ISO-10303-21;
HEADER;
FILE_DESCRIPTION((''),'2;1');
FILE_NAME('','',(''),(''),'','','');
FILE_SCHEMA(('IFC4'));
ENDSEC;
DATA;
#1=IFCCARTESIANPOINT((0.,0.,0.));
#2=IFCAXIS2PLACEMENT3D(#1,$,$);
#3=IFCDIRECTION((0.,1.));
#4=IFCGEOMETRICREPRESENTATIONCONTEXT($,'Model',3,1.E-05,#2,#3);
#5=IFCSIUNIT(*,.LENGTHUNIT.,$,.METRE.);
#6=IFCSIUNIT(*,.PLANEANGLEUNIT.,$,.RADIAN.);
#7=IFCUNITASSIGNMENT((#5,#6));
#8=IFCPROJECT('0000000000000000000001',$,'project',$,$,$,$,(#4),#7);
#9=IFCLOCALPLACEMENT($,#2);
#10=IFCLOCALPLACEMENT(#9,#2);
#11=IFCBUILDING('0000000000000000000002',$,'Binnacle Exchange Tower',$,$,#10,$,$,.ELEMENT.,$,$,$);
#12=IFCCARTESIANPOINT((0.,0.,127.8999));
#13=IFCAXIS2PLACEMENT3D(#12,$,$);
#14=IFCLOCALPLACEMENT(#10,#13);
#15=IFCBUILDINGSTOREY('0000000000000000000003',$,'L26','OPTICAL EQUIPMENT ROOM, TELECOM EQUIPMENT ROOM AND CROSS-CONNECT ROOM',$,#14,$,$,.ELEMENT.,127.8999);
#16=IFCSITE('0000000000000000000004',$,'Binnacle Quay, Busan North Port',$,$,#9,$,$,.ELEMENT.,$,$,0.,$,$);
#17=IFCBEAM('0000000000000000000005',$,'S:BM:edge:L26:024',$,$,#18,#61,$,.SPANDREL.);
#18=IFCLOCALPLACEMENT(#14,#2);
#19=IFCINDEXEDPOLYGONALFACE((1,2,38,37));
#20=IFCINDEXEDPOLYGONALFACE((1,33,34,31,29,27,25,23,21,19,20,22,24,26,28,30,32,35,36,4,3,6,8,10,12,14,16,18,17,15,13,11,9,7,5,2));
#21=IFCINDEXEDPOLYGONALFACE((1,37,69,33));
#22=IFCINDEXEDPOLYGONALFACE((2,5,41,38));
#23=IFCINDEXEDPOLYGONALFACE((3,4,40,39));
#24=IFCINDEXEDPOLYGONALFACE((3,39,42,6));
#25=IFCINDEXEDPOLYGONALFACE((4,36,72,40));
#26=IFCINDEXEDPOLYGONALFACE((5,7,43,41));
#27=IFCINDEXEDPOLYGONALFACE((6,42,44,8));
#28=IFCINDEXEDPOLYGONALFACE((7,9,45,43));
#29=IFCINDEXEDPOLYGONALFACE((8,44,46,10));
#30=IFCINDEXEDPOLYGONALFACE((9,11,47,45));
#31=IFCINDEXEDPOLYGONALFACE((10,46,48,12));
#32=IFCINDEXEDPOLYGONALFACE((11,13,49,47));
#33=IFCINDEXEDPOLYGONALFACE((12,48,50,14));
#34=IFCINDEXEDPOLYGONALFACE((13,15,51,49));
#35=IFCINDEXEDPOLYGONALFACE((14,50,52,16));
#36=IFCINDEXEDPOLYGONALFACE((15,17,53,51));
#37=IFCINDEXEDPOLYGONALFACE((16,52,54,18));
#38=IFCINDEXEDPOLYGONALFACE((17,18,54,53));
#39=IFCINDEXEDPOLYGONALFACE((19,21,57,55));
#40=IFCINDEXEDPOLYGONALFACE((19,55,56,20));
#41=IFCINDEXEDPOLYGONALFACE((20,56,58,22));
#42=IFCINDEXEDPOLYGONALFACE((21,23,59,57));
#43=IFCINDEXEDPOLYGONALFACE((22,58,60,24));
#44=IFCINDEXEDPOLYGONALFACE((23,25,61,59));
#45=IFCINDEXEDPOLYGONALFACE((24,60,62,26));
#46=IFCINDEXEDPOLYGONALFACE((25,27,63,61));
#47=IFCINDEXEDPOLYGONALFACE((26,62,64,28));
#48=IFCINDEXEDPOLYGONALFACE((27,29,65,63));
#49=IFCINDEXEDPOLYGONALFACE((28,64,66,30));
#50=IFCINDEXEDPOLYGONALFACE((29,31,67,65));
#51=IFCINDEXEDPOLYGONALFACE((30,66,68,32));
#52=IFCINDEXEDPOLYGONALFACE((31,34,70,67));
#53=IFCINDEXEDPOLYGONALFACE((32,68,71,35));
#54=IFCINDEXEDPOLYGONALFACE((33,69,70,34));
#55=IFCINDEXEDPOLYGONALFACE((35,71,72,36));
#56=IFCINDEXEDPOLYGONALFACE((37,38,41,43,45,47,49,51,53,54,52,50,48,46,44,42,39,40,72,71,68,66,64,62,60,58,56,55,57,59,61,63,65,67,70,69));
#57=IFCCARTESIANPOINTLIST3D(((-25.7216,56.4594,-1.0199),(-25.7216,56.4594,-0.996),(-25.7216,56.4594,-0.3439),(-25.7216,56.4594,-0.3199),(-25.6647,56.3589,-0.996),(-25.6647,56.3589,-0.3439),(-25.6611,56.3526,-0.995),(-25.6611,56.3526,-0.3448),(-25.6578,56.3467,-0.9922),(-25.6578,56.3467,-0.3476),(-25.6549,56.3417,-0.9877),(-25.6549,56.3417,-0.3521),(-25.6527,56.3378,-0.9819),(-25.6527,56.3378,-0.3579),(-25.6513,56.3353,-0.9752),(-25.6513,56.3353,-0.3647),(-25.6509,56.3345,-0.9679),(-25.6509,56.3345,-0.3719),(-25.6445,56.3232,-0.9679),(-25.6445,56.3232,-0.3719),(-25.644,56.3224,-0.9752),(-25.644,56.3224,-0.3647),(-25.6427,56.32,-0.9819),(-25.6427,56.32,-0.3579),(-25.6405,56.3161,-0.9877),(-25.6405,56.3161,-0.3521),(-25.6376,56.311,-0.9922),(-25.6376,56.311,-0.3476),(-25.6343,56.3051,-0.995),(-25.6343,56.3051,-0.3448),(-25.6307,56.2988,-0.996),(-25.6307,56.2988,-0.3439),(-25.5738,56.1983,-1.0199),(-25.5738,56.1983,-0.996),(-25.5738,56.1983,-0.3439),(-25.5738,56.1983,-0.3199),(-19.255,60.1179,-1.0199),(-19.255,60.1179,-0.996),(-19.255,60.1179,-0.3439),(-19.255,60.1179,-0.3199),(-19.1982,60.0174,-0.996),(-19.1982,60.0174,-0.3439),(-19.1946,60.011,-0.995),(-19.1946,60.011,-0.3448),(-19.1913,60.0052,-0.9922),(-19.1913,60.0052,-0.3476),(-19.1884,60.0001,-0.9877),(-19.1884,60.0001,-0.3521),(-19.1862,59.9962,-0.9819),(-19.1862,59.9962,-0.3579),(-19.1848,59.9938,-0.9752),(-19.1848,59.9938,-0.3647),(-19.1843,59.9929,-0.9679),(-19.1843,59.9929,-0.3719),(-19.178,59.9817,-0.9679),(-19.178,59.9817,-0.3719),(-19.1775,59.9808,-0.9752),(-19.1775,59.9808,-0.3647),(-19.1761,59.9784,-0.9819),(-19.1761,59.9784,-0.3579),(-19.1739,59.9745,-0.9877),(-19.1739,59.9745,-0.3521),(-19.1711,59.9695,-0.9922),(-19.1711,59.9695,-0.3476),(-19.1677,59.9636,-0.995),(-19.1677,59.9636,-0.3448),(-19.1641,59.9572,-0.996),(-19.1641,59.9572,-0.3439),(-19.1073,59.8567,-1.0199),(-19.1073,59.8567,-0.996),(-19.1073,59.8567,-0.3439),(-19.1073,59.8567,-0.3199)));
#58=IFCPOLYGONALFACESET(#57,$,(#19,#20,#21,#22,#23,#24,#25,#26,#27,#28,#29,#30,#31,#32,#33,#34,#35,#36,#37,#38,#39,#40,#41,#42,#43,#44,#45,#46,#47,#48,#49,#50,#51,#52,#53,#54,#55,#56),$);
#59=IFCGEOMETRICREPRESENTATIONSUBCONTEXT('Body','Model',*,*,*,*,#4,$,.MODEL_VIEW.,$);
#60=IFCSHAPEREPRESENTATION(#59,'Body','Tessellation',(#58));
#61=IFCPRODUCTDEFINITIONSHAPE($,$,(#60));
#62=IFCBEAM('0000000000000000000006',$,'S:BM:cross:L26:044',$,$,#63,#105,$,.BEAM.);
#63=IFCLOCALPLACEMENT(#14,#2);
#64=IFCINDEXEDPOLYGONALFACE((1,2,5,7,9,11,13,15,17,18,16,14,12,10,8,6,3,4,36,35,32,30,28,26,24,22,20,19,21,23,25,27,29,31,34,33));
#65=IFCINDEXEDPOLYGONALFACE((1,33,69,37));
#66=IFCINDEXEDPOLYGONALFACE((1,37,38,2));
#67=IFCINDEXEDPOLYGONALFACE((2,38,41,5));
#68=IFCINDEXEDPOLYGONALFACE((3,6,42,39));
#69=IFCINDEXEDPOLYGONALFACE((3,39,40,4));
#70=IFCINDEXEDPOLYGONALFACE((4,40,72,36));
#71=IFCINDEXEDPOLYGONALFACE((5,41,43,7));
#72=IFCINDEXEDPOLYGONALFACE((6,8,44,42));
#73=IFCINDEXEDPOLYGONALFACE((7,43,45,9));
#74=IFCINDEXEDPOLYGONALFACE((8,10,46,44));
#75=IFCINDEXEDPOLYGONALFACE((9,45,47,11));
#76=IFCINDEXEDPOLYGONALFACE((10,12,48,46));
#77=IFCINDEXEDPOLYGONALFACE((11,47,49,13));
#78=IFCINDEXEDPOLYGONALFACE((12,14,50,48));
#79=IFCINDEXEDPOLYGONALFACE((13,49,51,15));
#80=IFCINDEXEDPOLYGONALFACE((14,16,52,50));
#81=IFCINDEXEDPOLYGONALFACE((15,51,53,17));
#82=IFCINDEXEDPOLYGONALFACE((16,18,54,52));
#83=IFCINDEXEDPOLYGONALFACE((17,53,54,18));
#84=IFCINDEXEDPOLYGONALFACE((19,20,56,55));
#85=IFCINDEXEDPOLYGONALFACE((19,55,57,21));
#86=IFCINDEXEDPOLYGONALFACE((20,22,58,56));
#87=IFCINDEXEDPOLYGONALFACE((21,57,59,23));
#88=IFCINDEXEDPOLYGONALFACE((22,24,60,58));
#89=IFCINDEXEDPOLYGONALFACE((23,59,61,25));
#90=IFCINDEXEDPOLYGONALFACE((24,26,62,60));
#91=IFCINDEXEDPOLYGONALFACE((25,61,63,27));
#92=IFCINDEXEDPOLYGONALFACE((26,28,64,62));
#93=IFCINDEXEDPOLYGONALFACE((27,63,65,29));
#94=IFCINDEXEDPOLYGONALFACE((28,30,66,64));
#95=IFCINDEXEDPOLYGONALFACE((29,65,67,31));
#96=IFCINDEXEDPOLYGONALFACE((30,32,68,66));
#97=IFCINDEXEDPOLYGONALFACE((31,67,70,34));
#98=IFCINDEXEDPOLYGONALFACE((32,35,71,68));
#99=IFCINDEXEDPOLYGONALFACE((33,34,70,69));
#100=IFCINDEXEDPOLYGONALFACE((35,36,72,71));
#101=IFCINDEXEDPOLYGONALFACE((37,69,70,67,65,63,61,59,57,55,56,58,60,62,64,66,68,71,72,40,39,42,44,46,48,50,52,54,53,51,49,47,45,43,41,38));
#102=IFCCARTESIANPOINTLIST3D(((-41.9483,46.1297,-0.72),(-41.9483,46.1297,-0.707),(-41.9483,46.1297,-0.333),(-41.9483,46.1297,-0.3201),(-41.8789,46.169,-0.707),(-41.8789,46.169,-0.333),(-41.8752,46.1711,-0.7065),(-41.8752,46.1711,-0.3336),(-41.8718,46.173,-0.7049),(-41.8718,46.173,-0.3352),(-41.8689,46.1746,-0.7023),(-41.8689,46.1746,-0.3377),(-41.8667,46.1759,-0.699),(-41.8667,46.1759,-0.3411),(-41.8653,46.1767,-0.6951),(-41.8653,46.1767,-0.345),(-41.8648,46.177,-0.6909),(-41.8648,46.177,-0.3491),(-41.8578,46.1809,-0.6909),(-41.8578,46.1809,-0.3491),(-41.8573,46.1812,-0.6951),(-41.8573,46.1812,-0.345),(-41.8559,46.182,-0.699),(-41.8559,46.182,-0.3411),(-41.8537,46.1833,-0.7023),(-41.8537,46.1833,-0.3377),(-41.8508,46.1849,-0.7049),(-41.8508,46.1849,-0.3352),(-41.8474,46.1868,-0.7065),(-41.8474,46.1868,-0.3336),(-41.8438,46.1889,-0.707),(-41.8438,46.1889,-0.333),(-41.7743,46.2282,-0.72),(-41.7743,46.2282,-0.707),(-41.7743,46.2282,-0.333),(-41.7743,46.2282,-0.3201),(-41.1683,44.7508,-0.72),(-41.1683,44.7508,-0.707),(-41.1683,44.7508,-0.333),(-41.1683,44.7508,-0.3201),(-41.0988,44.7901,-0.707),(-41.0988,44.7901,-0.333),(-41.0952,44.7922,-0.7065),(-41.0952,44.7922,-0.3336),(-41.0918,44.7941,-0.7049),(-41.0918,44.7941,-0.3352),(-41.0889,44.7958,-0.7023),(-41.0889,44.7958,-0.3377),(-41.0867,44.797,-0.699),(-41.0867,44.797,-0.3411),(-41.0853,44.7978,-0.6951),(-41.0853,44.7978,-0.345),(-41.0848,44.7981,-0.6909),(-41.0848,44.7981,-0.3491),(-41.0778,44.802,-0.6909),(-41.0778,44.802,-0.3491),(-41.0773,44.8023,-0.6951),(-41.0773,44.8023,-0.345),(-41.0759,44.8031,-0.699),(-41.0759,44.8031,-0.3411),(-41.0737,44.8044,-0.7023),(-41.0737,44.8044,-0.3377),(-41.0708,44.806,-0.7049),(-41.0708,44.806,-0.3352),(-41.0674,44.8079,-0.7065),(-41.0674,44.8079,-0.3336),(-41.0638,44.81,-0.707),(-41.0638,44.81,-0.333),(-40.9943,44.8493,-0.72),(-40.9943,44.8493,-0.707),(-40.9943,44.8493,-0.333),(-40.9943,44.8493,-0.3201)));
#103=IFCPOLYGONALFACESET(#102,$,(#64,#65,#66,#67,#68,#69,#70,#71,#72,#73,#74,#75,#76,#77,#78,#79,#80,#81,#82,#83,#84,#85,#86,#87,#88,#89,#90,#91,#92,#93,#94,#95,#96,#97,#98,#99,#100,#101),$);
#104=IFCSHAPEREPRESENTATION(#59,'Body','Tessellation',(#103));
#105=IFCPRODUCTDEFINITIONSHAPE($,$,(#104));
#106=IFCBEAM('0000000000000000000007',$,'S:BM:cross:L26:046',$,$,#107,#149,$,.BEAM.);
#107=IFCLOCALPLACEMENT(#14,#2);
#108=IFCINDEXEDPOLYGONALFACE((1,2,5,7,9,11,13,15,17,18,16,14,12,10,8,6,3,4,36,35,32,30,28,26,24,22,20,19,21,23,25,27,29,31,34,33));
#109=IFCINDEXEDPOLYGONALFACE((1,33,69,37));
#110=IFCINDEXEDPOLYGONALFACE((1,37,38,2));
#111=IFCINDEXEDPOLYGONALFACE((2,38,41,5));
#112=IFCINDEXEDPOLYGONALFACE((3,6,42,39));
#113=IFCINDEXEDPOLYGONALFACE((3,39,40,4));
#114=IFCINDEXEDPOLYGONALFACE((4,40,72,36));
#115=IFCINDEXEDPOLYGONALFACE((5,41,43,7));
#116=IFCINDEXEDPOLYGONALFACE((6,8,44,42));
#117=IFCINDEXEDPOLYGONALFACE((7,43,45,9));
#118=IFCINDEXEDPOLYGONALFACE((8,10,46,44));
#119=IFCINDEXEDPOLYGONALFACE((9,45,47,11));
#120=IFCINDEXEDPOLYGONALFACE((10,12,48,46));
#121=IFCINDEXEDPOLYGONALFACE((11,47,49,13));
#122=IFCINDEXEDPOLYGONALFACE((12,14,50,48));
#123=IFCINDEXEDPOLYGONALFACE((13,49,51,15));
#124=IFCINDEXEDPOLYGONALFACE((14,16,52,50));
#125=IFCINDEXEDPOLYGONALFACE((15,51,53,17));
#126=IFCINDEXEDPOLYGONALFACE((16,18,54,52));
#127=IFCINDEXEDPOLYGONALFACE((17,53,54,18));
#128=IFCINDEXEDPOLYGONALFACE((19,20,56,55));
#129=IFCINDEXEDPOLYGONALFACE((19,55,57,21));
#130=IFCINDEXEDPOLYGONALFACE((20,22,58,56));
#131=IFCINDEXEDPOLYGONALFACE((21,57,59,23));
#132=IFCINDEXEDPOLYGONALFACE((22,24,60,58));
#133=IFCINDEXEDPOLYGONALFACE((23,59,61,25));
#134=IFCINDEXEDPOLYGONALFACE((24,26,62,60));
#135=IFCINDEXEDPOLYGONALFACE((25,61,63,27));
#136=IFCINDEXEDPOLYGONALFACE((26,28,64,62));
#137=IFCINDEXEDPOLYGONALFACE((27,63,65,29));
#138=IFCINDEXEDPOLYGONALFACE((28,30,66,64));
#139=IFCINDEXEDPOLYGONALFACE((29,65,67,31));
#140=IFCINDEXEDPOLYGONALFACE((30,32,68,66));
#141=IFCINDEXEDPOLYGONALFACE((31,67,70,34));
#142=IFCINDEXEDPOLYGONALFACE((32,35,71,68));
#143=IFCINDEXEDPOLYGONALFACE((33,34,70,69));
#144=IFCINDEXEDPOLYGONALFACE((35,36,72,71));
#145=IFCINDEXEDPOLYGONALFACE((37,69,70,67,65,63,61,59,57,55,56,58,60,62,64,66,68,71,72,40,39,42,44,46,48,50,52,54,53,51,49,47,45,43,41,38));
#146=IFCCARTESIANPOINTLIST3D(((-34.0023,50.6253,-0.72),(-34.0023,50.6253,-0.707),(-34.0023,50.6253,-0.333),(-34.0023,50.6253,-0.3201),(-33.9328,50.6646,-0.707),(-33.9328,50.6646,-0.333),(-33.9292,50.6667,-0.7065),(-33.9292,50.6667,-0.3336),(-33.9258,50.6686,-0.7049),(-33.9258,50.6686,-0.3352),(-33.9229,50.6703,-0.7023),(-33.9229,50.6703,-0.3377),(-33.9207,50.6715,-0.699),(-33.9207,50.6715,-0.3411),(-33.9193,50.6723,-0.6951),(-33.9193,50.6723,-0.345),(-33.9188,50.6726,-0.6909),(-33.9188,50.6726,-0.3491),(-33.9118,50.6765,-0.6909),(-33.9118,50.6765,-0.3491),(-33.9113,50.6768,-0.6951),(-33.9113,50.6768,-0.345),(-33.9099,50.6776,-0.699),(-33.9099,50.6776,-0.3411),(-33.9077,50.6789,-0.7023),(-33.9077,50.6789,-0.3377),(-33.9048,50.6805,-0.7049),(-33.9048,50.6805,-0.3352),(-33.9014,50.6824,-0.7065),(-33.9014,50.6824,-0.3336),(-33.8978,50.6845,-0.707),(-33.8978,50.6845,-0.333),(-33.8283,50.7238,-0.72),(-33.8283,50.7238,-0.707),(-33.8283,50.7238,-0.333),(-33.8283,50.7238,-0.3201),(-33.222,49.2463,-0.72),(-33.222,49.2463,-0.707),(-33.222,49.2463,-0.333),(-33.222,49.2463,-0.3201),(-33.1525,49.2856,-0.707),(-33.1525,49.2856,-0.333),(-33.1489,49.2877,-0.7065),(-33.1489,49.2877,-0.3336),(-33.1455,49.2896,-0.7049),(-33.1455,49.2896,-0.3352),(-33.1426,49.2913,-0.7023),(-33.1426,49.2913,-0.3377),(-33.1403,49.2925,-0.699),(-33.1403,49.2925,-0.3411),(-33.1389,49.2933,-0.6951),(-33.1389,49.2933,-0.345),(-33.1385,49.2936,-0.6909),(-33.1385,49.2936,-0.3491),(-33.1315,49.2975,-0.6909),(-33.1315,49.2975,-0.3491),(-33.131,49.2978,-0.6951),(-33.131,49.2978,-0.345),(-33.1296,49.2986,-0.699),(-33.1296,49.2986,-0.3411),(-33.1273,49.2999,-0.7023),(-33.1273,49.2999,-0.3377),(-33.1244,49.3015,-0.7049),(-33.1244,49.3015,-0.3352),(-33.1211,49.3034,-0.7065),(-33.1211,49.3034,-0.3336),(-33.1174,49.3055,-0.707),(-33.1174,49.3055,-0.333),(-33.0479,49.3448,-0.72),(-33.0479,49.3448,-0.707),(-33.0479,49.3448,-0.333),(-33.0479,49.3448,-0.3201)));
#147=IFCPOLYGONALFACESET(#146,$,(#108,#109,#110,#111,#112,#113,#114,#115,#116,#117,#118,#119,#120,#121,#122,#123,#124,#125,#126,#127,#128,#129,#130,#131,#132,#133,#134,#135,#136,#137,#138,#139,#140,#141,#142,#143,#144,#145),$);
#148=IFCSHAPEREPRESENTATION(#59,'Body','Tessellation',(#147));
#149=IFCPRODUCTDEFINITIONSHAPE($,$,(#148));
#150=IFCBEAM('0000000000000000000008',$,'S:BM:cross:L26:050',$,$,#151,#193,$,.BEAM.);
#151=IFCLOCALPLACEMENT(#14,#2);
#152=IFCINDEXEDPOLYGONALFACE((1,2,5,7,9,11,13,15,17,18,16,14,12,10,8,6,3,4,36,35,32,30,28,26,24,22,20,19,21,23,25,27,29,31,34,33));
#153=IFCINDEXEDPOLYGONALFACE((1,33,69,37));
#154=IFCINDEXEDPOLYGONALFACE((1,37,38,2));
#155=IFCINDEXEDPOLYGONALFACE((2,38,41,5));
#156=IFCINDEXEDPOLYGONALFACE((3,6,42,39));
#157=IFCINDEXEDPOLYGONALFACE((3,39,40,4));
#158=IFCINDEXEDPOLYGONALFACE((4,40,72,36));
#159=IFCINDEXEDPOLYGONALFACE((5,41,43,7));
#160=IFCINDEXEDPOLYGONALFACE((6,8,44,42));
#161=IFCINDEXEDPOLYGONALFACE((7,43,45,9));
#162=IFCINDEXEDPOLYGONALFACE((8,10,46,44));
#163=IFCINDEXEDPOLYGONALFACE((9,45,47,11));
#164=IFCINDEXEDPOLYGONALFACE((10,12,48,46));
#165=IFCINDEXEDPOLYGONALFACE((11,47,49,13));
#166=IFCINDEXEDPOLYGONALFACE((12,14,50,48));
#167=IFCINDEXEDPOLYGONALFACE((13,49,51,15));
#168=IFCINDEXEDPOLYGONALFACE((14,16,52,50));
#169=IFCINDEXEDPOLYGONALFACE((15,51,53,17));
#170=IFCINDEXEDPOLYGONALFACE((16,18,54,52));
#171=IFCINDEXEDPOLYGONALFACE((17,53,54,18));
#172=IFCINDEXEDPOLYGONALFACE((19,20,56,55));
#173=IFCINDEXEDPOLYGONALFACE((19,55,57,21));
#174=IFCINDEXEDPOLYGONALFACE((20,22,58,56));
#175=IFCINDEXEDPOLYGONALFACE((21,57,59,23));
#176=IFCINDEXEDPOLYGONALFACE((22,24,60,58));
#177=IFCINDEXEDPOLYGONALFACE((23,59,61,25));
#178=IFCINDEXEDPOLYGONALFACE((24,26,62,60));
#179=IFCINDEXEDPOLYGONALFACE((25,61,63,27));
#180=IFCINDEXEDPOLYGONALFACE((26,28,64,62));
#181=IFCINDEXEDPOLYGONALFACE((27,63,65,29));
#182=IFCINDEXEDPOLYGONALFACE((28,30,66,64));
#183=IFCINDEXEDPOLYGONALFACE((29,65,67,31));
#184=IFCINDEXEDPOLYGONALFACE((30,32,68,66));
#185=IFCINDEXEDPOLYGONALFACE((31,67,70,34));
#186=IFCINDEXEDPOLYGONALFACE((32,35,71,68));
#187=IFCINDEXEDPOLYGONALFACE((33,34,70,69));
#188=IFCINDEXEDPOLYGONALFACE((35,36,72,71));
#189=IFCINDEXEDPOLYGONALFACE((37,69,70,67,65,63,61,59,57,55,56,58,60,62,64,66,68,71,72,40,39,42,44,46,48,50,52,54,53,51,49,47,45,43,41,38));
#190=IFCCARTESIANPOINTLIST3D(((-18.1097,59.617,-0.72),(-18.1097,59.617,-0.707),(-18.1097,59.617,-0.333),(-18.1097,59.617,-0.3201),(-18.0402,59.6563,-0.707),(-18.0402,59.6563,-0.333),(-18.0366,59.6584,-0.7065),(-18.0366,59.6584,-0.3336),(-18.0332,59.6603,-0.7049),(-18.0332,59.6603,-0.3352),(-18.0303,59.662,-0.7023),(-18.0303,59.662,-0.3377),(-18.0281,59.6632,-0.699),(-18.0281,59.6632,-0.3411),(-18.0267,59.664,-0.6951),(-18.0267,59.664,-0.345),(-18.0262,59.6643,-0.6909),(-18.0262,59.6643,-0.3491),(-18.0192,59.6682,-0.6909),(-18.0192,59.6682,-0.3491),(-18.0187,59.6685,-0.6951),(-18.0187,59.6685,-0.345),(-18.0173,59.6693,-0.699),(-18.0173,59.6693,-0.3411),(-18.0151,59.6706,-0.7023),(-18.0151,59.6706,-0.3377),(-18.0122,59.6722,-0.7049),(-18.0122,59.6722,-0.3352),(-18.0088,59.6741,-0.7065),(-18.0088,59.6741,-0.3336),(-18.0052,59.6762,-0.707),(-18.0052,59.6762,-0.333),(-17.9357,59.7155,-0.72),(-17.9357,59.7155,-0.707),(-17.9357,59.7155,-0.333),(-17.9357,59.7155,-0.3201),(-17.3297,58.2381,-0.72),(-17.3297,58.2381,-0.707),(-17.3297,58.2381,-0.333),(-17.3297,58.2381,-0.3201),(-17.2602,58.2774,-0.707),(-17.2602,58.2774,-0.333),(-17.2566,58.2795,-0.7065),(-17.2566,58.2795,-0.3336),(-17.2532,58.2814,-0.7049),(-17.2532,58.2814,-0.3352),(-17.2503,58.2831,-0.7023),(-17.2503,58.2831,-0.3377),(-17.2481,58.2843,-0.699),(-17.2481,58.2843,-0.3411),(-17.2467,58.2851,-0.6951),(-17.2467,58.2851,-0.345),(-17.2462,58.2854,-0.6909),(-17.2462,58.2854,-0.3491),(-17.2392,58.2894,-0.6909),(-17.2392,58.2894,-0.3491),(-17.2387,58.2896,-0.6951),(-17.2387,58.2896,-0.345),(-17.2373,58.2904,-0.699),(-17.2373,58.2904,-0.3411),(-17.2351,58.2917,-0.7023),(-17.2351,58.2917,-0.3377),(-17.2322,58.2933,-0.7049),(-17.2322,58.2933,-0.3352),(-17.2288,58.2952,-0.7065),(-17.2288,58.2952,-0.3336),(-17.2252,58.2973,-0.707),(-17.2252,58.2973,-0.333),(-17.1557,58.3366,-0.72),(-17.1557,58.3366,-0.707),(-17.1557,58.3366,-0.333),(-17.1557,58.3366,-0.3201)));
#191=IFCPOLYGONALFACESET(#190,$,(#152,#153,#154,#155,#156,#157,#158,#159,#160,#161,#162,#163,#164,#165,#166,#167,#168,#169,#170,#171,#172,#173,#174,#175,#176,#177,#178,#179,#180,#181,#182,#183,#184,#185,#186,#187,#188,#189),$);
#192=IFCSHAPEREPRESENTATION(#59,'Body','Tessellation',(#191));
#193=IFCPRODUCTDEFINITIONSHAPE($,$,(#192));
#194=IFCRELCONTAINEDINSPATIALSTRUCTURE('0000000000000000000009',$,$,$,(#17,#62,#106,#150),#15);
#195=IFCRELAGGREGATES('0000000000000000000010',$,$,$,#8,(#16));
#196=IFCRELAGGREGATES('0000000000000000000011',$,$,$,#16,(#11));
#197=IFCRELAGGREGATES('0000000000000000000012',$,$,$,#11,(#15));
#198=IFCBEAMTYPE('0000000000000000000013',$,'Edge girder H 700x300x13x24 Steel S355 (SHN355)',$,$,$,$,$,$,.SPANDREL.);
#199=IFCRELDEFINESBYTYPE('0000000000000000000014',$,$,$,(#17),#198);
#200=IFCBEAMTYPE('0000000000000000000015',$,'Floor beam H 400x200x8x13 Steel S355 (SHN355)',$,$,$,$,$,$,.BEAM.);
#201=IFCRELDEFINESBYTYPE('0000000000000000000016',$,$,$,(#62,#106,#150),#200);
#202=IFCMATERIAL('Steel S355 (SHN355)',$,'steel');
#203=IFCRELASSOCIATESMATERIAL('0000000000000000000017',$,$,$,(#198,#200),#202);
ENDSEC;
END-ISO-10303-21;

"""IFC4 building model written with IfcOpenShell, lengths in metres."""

from ifc_helpers import new_model, si_unit, direction, frame, origin, origin_2d, place, context, subcontext, project, spatial, i_section, extrude, material, material_profile, profile_set, type_object, element, save


model = new_model("IFC4")

# Units and contexts
model_context = context("Model", 3, precision=1e-05, world=origin(), true_north=direction((0.0, 1.0)))
body_context = subcontext(model_context, "Body", "Model", "MODEL_VIEW")
ifc_project = project(units=[si_unit("LENGTHUNIT", "METRE"), si_unit("PLANEANGLEUNIT", "RADIAN")], contexts=[model_context])

# Site, building, storey
site_placement = place(None, origin())
site = spatial("IfcSite", under=ifc_project, at=site_placement, Name="Binnacle Quay, Busan North Port", CompositionType="ELEMENT", RefElevation=0.0)
building_placement = place(site_placement, origin())
building = spatial("IfcBuilding", under=site, at=building_placement, Name="Binnacle Exchange Tower", CompositionType="ELEMENT")
storey_placement = place(building_placement, frame((0.0, 0.0, 127.8999)))
storey = spatial("IfcBuildingStorey", under=building, at=storey_placement, Name="L26", Description="OPTICAL EQUIPMENT ROOM, TELECOM EQUIPMENT ROOM AND CROSS-CONNECT ROOM", CompositionType="ELEMENT", Elevation=127.8999)

# Beams
ifc_material_1 = material(Name="Steel S355 (SHN355)", Category="steel")
ifc_material_profile_1 = material_profile(ifc_material_1, i_section(OverallWidth=0.3, OverallDepth=0.7, WebThickness=0.0129, FlangeThickness=0.0239, FilletRadius=0.0281, at=origin_2d()), Name="H 700x300x13x24")
ifc_profile_set_1 = profile_set([ifc_material_profile_1], Name="Steel S355 (SHN355)")
beam_type_1 = type_object("IfcBeamType", Name="Edge girder H 700x300x13x24 Steel S355 (SHN355)", PredefinedType="SPANDREL", material=ifc_profile_set_1)
beam_1_placement = place(storey_placement, frame((-19.1812, 59.9873, -0.6699), z_axis=(-0.870364, -0.492408, 0.0), x_axis=(0.492408, -0.870364, 0.0)))
element("IfcBeam", 1, at=beam_1_placement, inside=storey, type_object=beam_type_1, Name="S:BM:edge:L26:024", PredefinedType="SPANDREL", context=body_context, shape_type="SweptSolid", body=[
    extrude(i_section(OverallWidth=0.3, OverallDepth=0.7, WebThickness=0.0129, FlangeThickness=0.0239, FilletRadius=0.0281, at=origin_2d()), origin(), (0.0, 0.0, 1.0), 7.4297),
])
ifc_material_profile_2 = material_profile(ifc_material_1, i_section(OverallWidth=0.2, OverallDepth=0.3999, WebThickness=0.0081, FlangeThickness=0.0129, FilletRadius=0.0161, at=origin_2d()), Name="H 400x200x8x13")
ifc_profile_set_2 = profile_set([ifc_material_profile_2], Name="Steel S355 (SHN355)")
beam_type_2 = type_object("IfcBeamType", Name="Floor beam H 400x200x8x13 Steel S355 (SHN355)", PredefinedType="BEAM", material=ifc_profile_set_2)
beam_2_placement = place(storey_placement, frame((-41.8613, 46.179, -0.52), z_axis=(0.492367, -0.870388, 0.0), x_axis=(0.870388, 0.492367, 0.0)))
element("IfcBeam", 2, at=beam_2_placement, inside=storey, type_object=beam_type_2, Name="S:BM:cross:L26:044", PredefinedType="BEAM", context=body_context, shape_type="SweptSolid", body=[
    extrude(i_section(OverallWidth=0.2, OverallDepth=0.3999, WebThickness=0.0081, FlangeThickness=0.0129, FilletRadius=0.0161, at=origin_2d()), origin(), (0.0, 0.0, 1.0), 1.5842),
])
beam_3_placement = place(storey_placement, frame((-33.9153, 50.6746, -0.52), z_axis=(0.492484, -0.870322, 0.0), x_axis=(0.870322, 0.492484, 0.0)))
element("IfcBeam", 3, at=beam_3_placement, inside=storey, type_object=beam_type_2, Name="S:BM:cross:L26:046", PredefinedType="BEAM", context=body_context, shape_type="SweptSolid", body=[
    extrude(i_section(OverallWidth=0.2, OverallDepth=0.3999, WebThickness=0.0081, FlangeThickness=0.0129, FilletRadius=0.0161, at=origin_2d()), origin(), (0.0, 0.0, 1.0), 1.5845),
])
beam_4_placement = place(storey_placement, frame((-18.0227, 59.6663, -0.52), z_axis=(0.492367, -0.870388, 0.0), x_axis=(0.870388, 0.492367, 0.0)))
element("IfcBeam", 4, at=beam_4_placement, inside=storey, type_object=beam_type_2, Name="S:BM:cross:L26:050", PredefinedType="BEAM", context=body_context, shape_type="SweptSolid", body=[
    extrude(i_section(OverallWidth=0.2, OverallDepth=0.3999, WebThickness=0.0081, FlangeThickness=0.0129, FilletRadius=0.0161, at=origin_2d()), origin(), (0.0, 0.0, 1.0), 1.5842),
])

save(model, "model.ifc")
